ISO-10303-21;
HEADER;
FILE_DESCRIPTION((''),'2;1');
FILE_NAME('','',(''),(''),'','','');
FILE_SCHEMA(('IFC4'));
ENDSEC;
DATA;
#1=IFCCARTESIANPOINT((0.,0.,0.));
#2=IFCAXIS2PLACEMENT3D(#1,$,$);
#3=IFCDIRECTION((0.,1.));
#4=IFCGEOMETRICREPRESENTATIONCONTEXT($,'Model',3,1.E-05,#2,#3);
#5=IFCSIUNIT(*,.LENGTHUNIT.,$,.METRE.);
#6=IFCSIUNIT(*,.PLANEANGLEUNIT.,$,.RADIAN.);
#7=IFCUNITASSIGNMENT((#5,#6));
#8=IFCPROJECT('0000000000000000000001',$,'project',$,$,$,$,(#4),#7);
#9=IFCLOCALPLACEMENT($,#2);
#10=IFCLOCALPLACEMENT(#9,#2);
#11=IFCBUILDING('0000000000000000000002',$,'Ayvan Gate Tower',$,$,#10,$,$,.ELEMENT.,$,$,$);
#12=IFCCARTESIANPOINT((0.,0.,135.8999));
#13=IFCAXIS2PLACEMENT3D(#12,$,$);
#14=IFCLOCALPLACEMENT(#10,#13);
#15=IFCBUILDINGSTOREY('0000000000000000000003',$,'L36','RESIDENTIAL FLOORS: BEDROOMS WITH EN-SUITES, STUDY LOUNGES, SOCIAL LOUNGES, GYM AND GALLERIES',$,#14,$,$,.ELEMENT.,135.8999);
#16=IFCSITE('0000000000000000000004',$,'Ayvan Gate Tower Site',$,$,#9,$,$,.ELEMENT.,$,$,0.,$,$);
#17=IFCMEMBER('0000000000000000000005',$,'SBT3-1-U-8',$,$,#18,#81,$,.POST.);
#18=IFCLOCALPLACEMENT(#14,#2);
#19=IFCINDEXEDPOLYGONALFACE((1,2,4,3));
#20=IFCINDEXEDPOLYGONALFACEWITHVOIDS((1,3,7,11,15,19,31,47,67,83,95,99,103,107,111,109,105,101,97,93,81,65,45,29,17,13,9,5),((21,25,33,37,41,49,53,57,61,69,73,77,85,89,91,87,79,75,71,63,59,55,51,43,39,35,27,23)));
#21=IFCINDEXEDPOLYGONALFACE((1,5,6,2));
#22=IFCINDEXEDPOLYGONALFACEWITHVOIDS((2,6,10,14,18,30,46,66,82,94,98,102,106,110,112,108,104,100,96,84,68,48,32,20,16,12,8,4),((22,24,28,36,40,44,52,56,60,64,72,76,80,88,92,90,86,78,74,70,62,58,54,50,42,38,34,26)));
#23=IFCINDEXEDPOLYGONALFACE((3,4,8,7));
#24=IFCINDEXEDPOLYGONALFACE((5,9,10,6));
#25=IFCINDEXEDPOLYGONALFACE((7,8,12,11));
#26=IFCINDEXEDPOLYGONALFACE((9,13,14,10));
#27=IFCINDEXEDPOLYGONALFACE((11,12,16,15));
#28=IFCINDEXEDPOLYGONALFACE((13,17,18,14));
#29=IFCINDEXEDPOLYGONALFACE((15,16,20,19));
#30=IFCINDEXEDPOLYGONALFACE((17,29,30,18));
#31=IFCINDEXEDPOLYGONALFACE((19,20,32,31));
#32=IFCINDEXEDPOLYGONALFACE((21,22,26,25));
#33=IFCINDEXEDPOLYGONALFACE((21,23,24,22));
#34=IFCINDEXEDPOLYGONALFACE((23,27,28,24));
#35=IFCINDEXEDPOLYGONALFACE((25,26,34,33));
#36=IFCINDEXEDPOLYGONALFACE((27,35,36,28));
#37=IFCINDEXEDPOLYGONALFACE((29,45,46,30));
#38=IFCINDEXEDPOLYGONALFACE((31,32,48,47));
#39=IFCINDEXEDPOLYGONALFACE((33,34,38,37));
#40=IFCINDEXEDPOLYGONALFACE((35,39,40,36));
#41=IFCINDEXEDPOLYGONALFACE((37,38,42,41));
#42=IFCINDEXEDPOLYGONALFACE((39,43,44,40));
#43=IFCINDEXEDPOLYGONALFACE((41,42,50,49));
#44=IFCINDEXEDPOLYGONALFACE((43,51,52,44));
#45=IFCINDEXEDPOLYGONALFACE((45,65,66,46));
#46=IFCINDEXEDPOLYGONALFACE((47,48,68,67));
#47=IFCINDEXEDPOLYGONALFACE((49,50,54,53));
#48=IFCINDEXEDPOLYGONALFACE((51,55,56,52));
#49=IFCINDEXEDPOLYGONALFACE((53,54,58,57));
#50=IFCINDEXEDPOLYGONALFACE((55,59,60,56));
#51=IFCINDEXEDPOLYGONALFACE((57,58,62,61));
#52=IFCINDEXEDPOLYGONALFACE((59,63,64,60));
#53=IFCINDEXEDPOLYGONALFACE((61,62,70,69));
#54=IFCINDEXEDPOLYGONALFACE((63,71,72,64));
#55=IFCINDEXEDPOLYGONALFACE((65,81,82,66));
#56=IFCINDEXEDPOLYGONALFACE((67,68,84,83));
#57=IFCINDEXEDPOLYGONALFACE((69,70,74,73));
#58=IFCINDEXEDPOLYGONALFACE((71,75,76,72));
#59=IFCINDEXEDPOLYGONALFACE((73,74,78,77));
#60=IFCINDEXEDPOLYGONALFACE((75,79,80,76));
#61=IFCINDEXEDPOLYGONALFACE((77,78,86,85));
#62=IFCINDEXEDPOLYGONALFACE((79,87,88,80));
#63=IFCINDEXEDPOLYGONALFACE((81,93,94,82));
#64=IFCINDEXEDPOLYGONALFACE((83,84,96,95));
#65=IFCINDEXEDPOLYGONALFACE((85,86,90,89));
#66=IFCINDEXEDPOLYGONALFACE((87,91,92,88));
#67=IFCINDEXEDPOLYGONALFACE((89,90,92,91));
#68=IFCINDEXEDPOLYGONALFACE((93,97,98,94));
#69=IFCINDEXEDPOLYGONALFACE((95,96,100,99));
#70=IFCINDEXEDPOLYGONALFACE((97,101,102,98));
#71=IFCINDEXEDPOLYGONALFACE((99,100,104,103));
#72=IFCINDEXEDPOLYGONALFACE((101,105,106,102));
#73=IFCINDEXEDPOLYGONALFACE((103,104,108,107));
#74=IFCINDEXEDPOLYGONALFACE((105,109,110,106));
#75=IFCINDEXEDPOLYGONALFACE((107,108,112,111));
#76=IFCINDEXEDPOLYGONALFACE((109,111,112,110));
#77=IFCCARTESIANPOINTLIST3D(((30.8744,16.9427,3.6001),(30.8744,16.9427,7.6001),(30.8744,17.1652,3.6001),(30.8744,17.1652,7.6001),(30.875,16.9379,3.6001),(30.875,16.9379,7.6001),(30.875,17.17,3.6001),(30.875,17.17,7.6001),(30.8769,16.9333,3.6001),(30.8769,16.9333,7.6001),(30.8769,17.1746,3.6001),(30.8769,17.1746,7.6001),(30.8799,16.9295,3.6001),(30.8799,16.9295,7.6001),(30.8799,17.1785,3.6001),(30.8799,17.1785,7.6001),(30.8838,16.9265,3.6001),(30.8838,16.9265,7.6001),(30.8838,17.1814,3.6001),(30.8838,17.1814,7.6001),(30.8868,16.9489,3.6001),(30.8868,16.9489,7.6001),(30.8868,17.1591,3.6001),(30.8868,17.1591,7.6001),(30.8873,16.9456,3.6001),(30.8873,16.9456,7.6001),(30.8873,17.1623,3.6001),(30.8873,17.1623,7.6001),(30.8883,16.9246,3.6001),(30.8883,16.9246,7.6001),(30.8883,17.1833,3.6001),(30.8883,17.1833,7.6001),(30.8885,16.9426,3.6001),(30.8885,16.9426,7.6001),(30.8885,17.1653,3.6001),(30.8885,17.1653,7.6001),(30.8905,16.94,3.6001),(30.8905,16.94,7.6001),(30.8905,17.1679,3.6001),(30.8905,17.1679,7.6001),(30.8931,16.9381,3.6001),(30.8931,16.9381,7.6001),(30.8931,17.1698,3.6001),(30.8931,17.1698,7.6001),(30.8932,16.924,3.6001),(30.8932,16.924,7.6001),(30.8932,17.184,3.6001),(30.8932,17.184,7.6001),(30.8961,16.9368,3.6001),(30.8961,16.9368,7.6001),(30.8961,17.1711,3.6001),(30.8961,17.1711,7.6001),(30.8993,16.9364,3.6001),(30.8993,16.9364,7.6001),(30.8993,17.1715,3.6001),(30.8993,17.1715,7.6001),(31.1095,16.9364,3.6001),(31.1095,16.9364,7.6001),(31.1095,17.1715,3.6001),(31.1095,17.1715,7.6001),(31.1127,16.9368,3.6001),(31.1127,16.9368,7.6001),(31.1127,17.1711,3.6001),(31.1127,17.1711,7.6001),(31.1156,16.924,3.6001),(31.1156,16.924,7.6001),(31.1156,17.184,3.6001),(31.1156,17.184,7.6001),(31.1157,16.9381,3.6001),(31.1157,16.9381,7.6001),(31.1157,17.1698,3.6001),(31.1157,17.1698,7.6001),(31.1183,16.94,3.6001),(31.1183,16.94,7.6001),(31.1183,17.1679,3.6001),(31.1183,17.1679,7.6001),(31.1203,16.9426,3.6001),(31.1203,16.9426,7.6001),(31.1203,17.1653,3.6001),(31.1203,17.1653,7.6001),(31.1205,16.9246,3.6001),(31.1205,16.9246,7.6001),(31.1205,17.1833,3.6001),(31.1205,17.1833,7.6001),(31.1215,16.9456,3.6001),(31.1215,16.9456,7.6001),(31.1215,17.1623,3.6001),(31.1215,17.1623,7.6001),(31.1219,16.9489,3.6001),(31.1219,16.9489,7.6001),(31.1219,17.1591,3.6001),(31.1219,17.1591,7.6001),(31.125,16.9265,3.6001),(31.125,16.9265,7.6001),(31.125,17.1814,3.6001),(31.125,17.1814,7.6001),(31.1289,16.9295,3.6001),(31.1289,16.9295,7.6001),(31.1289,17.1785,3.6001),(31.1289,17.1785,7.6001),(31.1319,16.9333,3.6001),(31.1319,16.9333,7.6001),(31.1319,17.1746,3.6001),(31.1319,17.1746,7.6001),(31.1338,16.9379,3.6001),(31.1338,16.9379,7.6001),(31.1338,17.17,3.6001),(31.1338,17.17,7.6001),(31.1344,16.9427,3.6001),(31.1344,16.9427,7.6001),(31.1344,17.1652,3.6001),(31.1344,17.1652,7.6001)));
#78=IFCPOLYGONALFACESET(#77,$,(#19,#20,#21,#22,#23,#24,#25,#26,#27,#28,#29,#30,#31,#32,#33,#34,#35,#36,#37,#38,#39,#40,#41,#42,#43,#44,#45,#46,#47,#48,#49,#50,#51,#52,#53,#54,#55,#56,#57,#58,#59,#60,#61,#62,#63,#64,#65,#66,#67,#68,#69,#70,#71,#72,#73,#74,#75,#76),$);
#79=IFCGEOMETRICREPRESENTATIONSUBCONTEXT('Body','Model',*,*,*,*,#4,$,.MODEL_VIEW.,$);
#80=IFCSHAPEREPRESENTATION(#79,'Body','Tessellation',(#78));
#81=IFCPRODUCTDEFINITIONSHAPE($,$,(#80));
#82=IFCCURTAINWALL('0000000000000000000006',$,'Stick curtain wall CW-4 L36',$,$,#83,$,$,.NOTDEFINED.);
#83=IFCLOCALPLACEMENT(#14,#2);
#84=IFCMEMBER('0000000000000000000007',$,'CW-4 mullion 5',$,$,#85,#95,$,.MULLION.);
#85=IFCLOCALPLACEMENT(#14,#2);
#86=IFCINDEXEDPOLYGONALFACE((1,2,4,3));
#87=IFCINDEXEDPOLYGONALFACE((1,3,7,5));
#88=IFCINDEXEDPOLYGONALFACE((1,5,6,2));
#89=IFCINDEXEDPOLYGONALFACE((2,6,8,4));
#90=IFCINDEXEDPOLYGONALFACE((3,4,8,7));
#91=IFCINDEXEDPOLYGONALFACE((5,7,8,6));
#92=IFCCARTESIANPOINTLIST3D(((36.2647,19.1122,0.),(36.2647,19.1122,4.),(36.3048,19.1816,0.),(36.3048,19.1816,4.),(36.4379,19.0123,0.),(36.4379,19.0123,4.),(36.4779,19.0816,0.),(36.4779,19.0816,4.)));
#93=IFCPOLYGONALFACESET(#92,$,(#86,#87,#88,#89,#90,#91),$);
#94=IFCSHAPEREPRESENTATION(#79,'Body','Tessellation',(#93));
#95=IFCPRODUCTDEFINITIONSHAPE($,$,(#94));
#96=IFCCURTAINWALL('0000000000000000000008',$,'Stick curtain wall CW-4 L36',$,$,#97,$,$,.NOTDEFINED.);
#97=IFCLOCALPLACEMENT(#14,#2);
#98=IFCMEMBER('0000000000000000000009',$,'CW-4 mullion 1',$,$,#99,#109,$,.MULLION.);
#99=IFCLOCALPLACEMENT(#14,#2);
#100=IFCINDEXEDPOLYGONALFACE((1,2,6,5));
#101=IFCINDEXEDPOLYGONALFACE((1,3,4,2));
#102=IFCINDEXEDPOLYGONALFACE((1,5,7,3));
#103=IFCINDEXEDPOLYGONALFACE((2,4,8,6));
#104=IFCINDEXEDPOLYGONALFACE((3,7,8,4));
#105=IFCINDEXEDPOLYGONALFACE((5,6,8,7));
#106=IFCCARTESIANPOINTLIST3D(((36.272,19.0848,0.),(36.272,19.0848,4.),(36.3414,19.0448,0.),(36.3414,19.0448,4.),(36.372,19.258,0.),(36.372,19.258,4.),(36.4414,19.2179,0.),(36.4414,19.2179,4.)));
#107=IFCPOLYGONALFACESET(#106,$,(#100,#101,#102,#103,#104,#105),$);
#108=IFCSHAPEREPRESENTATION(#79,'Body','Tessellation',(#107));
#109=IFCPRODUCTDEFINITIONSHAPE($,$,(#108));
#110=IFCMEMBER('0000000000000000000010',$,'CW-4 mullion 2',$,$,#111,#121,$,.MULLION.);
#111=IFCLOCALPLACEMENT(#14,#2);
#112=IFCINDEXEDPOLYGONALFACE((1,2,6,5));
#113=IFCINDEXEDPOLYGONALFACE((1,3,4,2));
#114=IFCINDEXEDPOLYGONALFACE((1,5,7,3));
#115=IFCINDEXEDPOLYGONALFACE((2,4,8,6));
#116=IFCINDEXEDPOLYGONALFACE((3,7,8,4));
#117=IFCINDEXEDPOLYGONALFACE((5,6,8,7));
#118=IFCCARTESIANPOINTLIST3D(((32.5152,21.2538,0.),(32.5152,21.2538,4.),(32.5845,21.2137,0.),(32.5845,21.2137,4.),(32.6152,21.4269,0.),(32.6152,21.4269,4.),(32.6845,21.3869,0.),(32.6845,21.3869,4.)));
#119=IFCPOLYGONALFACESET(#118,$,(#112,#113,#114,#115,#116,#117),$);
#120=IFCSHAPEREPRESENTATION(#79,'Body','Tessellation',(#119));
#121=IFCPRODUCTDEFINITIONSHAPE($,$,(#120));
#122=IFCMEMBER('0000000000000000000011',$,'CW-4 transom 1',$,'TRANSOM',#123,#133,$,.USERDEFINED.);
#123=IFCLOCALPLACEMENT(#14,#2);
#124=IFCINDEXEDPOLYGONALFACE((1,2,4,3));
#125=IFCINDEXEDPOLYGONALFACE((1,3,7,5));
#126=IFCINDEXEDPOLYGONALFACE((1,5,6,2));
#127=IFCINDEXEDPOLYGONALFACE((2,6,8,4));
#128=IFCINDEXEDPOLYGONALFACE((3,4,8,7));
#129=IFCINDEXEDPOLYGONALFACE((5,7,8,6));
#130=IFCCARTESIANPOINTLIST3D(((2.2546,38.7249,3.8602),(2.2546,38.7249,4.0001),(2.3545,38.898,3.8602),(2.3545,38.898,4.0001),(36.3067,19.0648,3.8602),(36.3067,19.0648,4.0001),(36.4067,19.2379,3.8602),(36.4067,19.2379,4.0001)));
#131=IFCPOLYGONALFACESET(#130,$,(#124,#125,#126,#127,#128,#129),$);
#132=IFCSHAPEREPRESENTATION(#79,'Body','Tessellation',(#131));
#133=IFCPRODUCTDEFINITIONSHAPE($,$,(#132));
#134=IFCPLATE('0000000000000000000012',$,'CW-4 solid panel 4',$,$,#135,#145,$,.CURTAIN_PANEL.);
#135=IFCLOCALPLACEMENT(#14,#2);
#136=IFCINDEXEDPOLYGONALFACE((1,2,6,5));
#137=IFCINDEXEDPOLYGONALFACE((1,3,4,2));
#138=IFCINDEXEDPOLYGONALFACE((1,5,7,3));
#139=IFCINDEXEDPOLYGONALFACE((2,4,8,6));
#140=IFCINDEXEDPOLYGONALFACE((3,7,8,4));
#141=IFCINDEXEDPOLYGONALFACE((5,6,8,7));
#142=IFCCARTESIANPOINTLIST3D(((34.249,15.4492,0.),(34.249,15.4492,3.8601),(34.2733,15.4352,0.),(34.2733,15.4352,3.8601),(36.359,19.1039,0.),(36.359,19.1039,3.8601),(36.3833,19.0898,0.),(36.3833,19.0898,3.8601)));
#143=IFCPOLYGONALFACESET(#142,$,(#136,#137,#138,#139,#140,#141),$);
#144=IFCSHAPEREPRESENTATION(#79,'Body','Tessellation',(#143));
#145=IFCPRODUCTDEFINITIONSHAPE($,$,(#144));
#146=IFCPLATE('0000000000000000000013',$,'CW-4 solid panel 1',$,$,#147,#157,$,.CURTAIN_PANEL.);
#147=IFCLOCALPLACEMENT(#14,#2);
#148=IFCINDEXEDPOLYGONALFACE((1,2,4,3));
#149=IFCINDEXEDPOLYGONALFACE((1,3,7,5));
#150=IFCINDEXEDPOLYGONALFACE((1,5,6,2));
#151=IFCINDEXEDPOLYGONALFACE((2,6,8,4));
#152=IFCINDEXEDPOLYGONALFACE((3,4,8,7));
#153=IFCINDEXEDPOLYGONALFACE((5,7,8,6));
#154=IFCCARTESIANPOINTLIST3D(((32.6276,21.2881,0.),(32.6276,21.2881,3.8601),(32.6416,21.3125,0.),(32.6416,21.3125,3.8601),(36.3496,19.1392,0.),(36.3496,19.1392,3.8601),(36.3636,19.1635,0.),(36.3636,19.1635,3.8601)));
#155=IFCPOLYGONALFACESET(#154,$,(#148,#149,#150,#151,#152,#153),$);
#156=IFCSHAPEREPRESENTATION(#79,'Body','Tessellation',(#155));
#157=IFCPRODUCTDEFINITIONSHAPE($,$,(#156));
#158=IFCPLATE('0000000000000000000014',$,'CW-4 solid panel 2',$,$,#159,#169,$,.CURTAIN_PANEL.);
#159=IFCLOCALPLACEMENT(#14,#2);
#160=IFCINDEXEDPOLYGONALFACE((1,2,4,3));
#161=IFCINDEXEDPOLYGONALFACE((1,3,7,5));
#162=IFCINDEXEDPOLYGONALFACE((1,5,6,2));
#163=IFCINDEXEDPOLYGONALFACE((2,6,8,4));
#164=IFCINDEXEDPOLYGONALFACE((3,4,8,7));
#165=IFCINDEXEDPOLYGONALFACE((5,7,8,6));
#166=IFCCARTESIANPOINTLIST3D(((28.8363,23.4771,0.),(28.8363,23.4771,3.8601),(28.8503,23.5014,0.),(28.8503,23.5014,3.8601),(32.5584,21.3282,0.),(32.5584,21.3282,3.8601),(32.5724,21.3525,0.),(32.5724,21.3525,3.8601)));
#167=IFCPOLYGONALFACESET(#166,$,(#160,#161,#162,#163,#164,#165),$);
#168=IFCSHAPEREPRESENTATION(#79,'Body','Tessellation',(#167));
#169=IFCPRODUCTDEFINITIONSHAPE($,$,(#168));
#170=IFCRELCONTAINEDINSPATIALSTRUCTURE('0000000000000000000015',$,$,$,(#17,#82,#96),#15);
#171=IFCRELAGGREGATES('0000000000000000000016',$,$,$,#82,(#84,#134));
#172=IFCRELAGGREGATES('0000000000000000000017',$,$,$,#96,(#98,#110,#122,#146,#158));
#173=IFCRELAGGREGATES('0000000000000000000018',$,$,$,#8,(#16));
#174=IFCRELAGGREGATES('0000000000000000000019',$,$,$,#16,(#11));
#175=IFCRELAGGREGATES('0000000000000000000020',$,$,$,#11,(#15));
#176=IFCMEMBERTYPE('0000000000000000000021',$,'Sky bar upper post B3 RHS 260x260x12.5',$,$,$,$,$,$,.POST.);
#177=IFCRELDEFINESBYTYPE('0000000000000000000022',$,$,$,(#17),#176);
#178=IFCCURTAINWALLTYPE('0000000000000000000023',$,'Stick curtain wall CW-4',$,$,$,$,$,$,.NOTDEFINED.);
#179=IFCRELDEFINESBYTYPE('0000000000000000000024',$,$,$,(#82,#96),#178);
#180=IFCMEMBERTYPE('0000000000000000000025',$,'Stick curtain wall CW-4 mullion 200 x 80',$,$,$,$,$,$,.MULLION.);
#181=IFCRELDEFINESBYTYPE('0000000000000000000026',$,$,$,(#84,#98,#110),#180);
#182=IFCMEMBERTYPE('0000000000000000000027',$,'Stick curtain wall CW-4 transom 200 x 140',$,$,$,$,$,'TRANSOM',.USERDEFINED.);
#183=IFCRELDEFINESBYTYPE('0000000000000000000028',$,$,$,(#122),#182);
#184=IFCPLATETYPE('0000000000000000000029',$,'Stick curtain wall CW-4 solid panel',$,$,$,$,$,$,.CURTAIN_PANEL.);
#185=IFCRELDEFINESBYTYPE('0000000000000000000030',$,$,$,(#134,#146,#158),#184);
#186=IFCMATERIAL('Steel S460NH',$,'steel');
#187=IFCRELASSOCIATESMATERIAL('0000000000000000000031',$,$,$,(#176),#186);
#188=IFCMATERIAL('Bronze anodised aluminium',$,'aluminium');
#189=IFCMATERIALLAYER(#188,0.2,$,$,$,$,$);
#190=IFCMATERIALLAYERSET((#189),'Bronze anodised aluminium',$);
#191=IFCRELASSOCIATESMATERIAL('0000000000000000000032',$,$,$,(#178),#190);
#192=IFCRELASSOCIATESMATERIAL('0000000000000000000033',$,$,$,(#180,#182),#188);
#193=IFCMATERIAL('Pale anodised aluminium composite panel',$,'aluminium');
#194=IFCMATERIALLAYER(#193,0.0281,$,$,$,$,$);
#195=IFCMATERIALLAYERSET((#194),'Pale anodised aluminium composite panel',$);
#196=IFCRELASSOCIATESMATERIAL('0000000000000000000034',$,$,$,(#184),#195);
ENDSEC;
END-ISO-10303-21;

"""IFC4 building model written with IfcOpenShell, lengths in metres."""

from ifc_helpers import new_model, si_unit, direction, frame, origin, origin_2d, place, context, subcontext, project, spatial, rectangle, hollow_rectangle, extrude, material, layer, layer_set, material_profile, profile_set, type_object, element, aggregate, save


model = new_model("IFC4")

# Units and contexts
model_context = context("Model", 3, precision=1e-05, world=origin(), true_north=direction((0.0, 1.0)))
body_context = subcontext(model_context, "Body", "Model", "MODEL_VIEW")
ifc_project = project(units=[si_unit("LENGTHUNIT", "METRE"), si_unit("PLANEANGLEUNIT", "RADIAN")], contexts=[model_context])

# Site, building, storey
site_placement = place(None, origin())
site = spatial("IfcSite", under=ifc_project, at=site_placement, Name="Ayvan Gate Tower Site", CompositionType="ELEMENT", RefElevation=0.0)
building_placement = place(site_placement, origin())
building = spatial("IfcBuilding", under=site, at=building_placement, Name="Ayvan Gate Tower", CompositionType="ELEMENT")
storey_placement = place(building_placement, frame((0.0, 0.0, 135.8999)))
storey = spatial("IfcBuildingStorey", under=building, at=storey_placement, Name="L36", Description="RESIDENTIAL FLOORS: BEDROOMS WITH EN-SUITES, STUDY LOUNGES, SOCIAL LOUNGES, GYM AND GALLERIES", CompositionType="ELEMENT", Elevation=135.8999)

# Shared definitions
ifc_material_1 = material(Name="Steel S460NH", Category="steel")

# Member
ifc_material_profile_1 = material_profile(ifc_material_1, hollow_rectangle(XDim=0.26, YDim=0.26, WallThickness=0.0125, InnerFilletRadius=0.0125, OuterFilletRadius=0.0188, at=origin_2d()), Name="RHS 260x260x12.5")
ifc_profile_set_1 = profile_set([ifc_material_profile_1], Name="Steel S460NH")
member_type_1 = type_object("IfcMemberType", Name="Sky bar upper post B3 RHS 260x260x12.5", PredefinedType="POST", material=ifc_profile_set_1)
member_1_placement = place(storey_placement, frame((31.0044, 17.054, 3.6001), z_axis=(0.0, 0.0, 1.0), x_axis=(1.0, 0.0, 0.0)))
element("IfcMember", 1, at=member_1_placement, inside=storey, type_object=member_type_1, Name="SBT3-1-U-8", PredefinedType="POST", context=body_context, shape_type="SweptSolid", body=[
    extrude(hollow_rectangle(XDim=0.26, YDim=0.26, WallThickness=0.0125, InnerFilletRadius=0.0125, OuterFilletRadius=0.0188, at=origin_2d()), origin(), (0.0, 0.0, 1.0), 4.0),
])

# Curtain wall, member
ifc_material_2 = material(Name="Bronze anodised aluminium", Category="aluminium")
ifc_layer_1 = layer(ifc_material_2, 0.2)
ifc_layer_set_1 = layer_set([ifc_layer_1], Name="Bronze anodised aluminium")
curtain_wall_type = type_object("IfcCurtainWallType", Name="Stick curtain wall CW-4", PredefinedType="NOTDEFINED", material=ifc_layer_set_1)
curtain_wall_1_placement = place(storey_placement, origin())
curtain_wall_1 = element("IfcCurtainWall", 2, at=curtain_wall_1_placement, inside=storey, type_object=curtain_wall_type, Name="Stick curtain wall CW-4 L36", PredefinedType="NOTDEFINED")
ifc_material_profile_2 = material_profile(ifc_material_2, rectangle(XDim=0.2, YDim=0.0801, at=origin_2d()), Name="Stick curtain wall CW-4 mullion 200 x 80")
ifc_profile_set_2 = profile_set([ifc_material_profile_2], Name="Bronze anodised aluminium")
member_type_2 = type_object("IfcMemberType", Name="Stick curtain wall CW-4 mullion 200 x 80", PredefinedType="MULLION", material=ifc_profile_set_2)
member_2_placement = place(storey_placement, frame((36.3713, 19.0969, 0.0), z_axis=(0.0, 0.0, 1.0), x_axis=(0.866025, -0.5, 0.0)))
member_2 = element("IfcMember", 3, at=member_2_placement, type_object=member_type_2, Name="CW-4 mullion 5", PredefinedType="MULLION", context=body_context, shape_type="SweptSolid", body=[
    extrude(rectangle(XDim=0.2, YDim=0.0801, at=origin_2d()), origin(), (0.0, 0.0, 1.0), 4.0),
])

# Curtain wall, members
curtain_wall_2_placement = place(storey_placement, origin())
curtain_wall_2 = element("IfcCurtainWall", 4, at=curtain_wall_2_placement, inside=storey, type_object=curtain_wall_type, Name="Stick curtain wall CW-4 L36", PredefinedType="NOTDEFINED")
member_3_placement = place(storey_placement, frame((36.3567, 19.1514, 0.0), z_axis=(0.0, 0.0, 1.0), x_axis=(0.5, 0.866025, 0.0)))
member_3 = element("IfcMember", 5, at=member_3_placement, type_object=member_type_2, Name="CW-4 mullion 1", PredefinedType="MULLION", context=body_context, shape_type="SweptSolid", body=[
    extrude(rectangle(XDim=0.2, YDim=0.0801, at=origin_2d()), origin(), (0.0, 0.0, 1.0), 4.0),
])
member_4_placement = place(storey_placement, frame((32.5999, 21.3203, 0.0), z_axis=(0.0, 0.0, 1.0), x_axis=(0.5, 0.866025, 0.0)))
member_4 = element("IfcMember", 6, at=member_4_placement, type_object=member_type_2, Name="CW-4 mullion 2", PredefinedType="MULLION", context=body_context, shape_type="SweptSolid", body=[
    extrude(rectangle(XDim=0.2, YDim=0.0801, at=origin_2d()), origin(), (0.0, 0.0, 1.0), 4.0),
])
ifc_material_profile_3 = material_profile(ifc_material_2, rectangle(XDim=0.2, YDim=0.1399, at=origin_2d()), Name="Stick curtain wall CW-4 transom 200 x 140")
ifc_profile_set_3 = profile_set([ifc_material_profile_3], Name="Bronze anodised aluminium")
member_type_3 = type_object("IfcMemberType", Name="Stick curtain wall CW-4 transom 200 x 140", ElementType="TRANSOM", PredefinedType="USERDEFINED", material=ifc_profile_set_3)
member_5_placement = place(storey_placement, frame((36.3567, 19.1514, 3.9302), z_axis=(-0.866024, 0.500002, 0.0), x_axis=(-0.500002, -0.866024, 0.0)))
member_5 = element("IfcMember", 7, at=member_5_placement, type_object=member_type_3, Name="CW-4 transom 1", ObjectType="TRANSOM", PredefinedType="USERDEFINED", context=body_context, shape_type="SweptSolid", body=[
    extrude(rectangle(XDim=0.2, YDim=0.1399, at=origin_2d()), origin(), (0.0, 0.0, 1.0), 39.3201),
])

# Plates
ifc_material_3 = material(Name="Pale anodised aluminium composite panel", Category="aluminium")
ifc_layer_2 = layer(ifc_material_3, 0.0281)
ifc_layer_set_2 = layer_set([ifc_layer_2], Name="Pale anodised aluminium composite panel")
plate_type = type_object("IfcPlateType", Name="Stick curtain wall CW-4 solid panel", PredefinedType="CURTAIN_PANEL", material=ifc_layer_set_2)
plate_1_placement = place(storey_placement, frame((35.3162, 17.2695, 0.0), z_axis=(0.0, 0.0, 1.0), x_axis=(0.5, 0.866025, 0.0)))
plate_1 = element("IfcPlate", 8, at=plate_1_placement, type_object=plate_type, Name="CW-4 solid panel 4", PredefinedType="CURTAIN_PANEL", context=body_context, shape_type="SweptSolid", body=[
    extrude(rectangle(XDim=4.22, YDim=0.0281, at=origin_2d()), origin(), (0.0, 0.0, 1.0), 3.8601),
])
aggregate(curtain_wall_1, [member_2, plate_1])
plate_2_placement = place(storey_placement, frame((34.4956, 20.2258, 0.0), z_axis=(0.0, 0.0, 1.0), x_axis=(-0.866025, 0.5, 0.0)))
plate_2 = element("IfcPlate", 9, at=plate_2_placement, type_object=plate_type, Name="CW-4 solid panel 1", PredefinedType="CURTAIN_PANEL", context=body_context, shape_type="SweptSolid", body=[
    extrude(rectangle(XDim=4.2979, YDim=0.0281, at=origin_2d()), origin(), (0.0, 0.0, 1.0), 3.8601),
])
plate_3_placement = place(storey_placement, frame((30.7043, 22.4148, 0.0), z_axis=(0.0, 0.0, 1.0), x_axis=(-0.866025, 0.5, 0.0)))
plate_3 = element("IfcPlate", 10, at=plate_3_placement, type_object=plate_type, Name="CW-4 solid panel 2", PredefinedType="CURTAIN_PANEL", context=body_context, shape_type="SweptSolid", body=[
    extrude(rectangle(XDim=4.2979, YDim=0.0281, at=origin_2d()), origin(), (0.0, 0.0, 1.0), 3.8601),
])
aggregate(curtain_wall_2, [member_3, member_4, member_5, plate_2, plate_3])

save(model, "model.ifc")
